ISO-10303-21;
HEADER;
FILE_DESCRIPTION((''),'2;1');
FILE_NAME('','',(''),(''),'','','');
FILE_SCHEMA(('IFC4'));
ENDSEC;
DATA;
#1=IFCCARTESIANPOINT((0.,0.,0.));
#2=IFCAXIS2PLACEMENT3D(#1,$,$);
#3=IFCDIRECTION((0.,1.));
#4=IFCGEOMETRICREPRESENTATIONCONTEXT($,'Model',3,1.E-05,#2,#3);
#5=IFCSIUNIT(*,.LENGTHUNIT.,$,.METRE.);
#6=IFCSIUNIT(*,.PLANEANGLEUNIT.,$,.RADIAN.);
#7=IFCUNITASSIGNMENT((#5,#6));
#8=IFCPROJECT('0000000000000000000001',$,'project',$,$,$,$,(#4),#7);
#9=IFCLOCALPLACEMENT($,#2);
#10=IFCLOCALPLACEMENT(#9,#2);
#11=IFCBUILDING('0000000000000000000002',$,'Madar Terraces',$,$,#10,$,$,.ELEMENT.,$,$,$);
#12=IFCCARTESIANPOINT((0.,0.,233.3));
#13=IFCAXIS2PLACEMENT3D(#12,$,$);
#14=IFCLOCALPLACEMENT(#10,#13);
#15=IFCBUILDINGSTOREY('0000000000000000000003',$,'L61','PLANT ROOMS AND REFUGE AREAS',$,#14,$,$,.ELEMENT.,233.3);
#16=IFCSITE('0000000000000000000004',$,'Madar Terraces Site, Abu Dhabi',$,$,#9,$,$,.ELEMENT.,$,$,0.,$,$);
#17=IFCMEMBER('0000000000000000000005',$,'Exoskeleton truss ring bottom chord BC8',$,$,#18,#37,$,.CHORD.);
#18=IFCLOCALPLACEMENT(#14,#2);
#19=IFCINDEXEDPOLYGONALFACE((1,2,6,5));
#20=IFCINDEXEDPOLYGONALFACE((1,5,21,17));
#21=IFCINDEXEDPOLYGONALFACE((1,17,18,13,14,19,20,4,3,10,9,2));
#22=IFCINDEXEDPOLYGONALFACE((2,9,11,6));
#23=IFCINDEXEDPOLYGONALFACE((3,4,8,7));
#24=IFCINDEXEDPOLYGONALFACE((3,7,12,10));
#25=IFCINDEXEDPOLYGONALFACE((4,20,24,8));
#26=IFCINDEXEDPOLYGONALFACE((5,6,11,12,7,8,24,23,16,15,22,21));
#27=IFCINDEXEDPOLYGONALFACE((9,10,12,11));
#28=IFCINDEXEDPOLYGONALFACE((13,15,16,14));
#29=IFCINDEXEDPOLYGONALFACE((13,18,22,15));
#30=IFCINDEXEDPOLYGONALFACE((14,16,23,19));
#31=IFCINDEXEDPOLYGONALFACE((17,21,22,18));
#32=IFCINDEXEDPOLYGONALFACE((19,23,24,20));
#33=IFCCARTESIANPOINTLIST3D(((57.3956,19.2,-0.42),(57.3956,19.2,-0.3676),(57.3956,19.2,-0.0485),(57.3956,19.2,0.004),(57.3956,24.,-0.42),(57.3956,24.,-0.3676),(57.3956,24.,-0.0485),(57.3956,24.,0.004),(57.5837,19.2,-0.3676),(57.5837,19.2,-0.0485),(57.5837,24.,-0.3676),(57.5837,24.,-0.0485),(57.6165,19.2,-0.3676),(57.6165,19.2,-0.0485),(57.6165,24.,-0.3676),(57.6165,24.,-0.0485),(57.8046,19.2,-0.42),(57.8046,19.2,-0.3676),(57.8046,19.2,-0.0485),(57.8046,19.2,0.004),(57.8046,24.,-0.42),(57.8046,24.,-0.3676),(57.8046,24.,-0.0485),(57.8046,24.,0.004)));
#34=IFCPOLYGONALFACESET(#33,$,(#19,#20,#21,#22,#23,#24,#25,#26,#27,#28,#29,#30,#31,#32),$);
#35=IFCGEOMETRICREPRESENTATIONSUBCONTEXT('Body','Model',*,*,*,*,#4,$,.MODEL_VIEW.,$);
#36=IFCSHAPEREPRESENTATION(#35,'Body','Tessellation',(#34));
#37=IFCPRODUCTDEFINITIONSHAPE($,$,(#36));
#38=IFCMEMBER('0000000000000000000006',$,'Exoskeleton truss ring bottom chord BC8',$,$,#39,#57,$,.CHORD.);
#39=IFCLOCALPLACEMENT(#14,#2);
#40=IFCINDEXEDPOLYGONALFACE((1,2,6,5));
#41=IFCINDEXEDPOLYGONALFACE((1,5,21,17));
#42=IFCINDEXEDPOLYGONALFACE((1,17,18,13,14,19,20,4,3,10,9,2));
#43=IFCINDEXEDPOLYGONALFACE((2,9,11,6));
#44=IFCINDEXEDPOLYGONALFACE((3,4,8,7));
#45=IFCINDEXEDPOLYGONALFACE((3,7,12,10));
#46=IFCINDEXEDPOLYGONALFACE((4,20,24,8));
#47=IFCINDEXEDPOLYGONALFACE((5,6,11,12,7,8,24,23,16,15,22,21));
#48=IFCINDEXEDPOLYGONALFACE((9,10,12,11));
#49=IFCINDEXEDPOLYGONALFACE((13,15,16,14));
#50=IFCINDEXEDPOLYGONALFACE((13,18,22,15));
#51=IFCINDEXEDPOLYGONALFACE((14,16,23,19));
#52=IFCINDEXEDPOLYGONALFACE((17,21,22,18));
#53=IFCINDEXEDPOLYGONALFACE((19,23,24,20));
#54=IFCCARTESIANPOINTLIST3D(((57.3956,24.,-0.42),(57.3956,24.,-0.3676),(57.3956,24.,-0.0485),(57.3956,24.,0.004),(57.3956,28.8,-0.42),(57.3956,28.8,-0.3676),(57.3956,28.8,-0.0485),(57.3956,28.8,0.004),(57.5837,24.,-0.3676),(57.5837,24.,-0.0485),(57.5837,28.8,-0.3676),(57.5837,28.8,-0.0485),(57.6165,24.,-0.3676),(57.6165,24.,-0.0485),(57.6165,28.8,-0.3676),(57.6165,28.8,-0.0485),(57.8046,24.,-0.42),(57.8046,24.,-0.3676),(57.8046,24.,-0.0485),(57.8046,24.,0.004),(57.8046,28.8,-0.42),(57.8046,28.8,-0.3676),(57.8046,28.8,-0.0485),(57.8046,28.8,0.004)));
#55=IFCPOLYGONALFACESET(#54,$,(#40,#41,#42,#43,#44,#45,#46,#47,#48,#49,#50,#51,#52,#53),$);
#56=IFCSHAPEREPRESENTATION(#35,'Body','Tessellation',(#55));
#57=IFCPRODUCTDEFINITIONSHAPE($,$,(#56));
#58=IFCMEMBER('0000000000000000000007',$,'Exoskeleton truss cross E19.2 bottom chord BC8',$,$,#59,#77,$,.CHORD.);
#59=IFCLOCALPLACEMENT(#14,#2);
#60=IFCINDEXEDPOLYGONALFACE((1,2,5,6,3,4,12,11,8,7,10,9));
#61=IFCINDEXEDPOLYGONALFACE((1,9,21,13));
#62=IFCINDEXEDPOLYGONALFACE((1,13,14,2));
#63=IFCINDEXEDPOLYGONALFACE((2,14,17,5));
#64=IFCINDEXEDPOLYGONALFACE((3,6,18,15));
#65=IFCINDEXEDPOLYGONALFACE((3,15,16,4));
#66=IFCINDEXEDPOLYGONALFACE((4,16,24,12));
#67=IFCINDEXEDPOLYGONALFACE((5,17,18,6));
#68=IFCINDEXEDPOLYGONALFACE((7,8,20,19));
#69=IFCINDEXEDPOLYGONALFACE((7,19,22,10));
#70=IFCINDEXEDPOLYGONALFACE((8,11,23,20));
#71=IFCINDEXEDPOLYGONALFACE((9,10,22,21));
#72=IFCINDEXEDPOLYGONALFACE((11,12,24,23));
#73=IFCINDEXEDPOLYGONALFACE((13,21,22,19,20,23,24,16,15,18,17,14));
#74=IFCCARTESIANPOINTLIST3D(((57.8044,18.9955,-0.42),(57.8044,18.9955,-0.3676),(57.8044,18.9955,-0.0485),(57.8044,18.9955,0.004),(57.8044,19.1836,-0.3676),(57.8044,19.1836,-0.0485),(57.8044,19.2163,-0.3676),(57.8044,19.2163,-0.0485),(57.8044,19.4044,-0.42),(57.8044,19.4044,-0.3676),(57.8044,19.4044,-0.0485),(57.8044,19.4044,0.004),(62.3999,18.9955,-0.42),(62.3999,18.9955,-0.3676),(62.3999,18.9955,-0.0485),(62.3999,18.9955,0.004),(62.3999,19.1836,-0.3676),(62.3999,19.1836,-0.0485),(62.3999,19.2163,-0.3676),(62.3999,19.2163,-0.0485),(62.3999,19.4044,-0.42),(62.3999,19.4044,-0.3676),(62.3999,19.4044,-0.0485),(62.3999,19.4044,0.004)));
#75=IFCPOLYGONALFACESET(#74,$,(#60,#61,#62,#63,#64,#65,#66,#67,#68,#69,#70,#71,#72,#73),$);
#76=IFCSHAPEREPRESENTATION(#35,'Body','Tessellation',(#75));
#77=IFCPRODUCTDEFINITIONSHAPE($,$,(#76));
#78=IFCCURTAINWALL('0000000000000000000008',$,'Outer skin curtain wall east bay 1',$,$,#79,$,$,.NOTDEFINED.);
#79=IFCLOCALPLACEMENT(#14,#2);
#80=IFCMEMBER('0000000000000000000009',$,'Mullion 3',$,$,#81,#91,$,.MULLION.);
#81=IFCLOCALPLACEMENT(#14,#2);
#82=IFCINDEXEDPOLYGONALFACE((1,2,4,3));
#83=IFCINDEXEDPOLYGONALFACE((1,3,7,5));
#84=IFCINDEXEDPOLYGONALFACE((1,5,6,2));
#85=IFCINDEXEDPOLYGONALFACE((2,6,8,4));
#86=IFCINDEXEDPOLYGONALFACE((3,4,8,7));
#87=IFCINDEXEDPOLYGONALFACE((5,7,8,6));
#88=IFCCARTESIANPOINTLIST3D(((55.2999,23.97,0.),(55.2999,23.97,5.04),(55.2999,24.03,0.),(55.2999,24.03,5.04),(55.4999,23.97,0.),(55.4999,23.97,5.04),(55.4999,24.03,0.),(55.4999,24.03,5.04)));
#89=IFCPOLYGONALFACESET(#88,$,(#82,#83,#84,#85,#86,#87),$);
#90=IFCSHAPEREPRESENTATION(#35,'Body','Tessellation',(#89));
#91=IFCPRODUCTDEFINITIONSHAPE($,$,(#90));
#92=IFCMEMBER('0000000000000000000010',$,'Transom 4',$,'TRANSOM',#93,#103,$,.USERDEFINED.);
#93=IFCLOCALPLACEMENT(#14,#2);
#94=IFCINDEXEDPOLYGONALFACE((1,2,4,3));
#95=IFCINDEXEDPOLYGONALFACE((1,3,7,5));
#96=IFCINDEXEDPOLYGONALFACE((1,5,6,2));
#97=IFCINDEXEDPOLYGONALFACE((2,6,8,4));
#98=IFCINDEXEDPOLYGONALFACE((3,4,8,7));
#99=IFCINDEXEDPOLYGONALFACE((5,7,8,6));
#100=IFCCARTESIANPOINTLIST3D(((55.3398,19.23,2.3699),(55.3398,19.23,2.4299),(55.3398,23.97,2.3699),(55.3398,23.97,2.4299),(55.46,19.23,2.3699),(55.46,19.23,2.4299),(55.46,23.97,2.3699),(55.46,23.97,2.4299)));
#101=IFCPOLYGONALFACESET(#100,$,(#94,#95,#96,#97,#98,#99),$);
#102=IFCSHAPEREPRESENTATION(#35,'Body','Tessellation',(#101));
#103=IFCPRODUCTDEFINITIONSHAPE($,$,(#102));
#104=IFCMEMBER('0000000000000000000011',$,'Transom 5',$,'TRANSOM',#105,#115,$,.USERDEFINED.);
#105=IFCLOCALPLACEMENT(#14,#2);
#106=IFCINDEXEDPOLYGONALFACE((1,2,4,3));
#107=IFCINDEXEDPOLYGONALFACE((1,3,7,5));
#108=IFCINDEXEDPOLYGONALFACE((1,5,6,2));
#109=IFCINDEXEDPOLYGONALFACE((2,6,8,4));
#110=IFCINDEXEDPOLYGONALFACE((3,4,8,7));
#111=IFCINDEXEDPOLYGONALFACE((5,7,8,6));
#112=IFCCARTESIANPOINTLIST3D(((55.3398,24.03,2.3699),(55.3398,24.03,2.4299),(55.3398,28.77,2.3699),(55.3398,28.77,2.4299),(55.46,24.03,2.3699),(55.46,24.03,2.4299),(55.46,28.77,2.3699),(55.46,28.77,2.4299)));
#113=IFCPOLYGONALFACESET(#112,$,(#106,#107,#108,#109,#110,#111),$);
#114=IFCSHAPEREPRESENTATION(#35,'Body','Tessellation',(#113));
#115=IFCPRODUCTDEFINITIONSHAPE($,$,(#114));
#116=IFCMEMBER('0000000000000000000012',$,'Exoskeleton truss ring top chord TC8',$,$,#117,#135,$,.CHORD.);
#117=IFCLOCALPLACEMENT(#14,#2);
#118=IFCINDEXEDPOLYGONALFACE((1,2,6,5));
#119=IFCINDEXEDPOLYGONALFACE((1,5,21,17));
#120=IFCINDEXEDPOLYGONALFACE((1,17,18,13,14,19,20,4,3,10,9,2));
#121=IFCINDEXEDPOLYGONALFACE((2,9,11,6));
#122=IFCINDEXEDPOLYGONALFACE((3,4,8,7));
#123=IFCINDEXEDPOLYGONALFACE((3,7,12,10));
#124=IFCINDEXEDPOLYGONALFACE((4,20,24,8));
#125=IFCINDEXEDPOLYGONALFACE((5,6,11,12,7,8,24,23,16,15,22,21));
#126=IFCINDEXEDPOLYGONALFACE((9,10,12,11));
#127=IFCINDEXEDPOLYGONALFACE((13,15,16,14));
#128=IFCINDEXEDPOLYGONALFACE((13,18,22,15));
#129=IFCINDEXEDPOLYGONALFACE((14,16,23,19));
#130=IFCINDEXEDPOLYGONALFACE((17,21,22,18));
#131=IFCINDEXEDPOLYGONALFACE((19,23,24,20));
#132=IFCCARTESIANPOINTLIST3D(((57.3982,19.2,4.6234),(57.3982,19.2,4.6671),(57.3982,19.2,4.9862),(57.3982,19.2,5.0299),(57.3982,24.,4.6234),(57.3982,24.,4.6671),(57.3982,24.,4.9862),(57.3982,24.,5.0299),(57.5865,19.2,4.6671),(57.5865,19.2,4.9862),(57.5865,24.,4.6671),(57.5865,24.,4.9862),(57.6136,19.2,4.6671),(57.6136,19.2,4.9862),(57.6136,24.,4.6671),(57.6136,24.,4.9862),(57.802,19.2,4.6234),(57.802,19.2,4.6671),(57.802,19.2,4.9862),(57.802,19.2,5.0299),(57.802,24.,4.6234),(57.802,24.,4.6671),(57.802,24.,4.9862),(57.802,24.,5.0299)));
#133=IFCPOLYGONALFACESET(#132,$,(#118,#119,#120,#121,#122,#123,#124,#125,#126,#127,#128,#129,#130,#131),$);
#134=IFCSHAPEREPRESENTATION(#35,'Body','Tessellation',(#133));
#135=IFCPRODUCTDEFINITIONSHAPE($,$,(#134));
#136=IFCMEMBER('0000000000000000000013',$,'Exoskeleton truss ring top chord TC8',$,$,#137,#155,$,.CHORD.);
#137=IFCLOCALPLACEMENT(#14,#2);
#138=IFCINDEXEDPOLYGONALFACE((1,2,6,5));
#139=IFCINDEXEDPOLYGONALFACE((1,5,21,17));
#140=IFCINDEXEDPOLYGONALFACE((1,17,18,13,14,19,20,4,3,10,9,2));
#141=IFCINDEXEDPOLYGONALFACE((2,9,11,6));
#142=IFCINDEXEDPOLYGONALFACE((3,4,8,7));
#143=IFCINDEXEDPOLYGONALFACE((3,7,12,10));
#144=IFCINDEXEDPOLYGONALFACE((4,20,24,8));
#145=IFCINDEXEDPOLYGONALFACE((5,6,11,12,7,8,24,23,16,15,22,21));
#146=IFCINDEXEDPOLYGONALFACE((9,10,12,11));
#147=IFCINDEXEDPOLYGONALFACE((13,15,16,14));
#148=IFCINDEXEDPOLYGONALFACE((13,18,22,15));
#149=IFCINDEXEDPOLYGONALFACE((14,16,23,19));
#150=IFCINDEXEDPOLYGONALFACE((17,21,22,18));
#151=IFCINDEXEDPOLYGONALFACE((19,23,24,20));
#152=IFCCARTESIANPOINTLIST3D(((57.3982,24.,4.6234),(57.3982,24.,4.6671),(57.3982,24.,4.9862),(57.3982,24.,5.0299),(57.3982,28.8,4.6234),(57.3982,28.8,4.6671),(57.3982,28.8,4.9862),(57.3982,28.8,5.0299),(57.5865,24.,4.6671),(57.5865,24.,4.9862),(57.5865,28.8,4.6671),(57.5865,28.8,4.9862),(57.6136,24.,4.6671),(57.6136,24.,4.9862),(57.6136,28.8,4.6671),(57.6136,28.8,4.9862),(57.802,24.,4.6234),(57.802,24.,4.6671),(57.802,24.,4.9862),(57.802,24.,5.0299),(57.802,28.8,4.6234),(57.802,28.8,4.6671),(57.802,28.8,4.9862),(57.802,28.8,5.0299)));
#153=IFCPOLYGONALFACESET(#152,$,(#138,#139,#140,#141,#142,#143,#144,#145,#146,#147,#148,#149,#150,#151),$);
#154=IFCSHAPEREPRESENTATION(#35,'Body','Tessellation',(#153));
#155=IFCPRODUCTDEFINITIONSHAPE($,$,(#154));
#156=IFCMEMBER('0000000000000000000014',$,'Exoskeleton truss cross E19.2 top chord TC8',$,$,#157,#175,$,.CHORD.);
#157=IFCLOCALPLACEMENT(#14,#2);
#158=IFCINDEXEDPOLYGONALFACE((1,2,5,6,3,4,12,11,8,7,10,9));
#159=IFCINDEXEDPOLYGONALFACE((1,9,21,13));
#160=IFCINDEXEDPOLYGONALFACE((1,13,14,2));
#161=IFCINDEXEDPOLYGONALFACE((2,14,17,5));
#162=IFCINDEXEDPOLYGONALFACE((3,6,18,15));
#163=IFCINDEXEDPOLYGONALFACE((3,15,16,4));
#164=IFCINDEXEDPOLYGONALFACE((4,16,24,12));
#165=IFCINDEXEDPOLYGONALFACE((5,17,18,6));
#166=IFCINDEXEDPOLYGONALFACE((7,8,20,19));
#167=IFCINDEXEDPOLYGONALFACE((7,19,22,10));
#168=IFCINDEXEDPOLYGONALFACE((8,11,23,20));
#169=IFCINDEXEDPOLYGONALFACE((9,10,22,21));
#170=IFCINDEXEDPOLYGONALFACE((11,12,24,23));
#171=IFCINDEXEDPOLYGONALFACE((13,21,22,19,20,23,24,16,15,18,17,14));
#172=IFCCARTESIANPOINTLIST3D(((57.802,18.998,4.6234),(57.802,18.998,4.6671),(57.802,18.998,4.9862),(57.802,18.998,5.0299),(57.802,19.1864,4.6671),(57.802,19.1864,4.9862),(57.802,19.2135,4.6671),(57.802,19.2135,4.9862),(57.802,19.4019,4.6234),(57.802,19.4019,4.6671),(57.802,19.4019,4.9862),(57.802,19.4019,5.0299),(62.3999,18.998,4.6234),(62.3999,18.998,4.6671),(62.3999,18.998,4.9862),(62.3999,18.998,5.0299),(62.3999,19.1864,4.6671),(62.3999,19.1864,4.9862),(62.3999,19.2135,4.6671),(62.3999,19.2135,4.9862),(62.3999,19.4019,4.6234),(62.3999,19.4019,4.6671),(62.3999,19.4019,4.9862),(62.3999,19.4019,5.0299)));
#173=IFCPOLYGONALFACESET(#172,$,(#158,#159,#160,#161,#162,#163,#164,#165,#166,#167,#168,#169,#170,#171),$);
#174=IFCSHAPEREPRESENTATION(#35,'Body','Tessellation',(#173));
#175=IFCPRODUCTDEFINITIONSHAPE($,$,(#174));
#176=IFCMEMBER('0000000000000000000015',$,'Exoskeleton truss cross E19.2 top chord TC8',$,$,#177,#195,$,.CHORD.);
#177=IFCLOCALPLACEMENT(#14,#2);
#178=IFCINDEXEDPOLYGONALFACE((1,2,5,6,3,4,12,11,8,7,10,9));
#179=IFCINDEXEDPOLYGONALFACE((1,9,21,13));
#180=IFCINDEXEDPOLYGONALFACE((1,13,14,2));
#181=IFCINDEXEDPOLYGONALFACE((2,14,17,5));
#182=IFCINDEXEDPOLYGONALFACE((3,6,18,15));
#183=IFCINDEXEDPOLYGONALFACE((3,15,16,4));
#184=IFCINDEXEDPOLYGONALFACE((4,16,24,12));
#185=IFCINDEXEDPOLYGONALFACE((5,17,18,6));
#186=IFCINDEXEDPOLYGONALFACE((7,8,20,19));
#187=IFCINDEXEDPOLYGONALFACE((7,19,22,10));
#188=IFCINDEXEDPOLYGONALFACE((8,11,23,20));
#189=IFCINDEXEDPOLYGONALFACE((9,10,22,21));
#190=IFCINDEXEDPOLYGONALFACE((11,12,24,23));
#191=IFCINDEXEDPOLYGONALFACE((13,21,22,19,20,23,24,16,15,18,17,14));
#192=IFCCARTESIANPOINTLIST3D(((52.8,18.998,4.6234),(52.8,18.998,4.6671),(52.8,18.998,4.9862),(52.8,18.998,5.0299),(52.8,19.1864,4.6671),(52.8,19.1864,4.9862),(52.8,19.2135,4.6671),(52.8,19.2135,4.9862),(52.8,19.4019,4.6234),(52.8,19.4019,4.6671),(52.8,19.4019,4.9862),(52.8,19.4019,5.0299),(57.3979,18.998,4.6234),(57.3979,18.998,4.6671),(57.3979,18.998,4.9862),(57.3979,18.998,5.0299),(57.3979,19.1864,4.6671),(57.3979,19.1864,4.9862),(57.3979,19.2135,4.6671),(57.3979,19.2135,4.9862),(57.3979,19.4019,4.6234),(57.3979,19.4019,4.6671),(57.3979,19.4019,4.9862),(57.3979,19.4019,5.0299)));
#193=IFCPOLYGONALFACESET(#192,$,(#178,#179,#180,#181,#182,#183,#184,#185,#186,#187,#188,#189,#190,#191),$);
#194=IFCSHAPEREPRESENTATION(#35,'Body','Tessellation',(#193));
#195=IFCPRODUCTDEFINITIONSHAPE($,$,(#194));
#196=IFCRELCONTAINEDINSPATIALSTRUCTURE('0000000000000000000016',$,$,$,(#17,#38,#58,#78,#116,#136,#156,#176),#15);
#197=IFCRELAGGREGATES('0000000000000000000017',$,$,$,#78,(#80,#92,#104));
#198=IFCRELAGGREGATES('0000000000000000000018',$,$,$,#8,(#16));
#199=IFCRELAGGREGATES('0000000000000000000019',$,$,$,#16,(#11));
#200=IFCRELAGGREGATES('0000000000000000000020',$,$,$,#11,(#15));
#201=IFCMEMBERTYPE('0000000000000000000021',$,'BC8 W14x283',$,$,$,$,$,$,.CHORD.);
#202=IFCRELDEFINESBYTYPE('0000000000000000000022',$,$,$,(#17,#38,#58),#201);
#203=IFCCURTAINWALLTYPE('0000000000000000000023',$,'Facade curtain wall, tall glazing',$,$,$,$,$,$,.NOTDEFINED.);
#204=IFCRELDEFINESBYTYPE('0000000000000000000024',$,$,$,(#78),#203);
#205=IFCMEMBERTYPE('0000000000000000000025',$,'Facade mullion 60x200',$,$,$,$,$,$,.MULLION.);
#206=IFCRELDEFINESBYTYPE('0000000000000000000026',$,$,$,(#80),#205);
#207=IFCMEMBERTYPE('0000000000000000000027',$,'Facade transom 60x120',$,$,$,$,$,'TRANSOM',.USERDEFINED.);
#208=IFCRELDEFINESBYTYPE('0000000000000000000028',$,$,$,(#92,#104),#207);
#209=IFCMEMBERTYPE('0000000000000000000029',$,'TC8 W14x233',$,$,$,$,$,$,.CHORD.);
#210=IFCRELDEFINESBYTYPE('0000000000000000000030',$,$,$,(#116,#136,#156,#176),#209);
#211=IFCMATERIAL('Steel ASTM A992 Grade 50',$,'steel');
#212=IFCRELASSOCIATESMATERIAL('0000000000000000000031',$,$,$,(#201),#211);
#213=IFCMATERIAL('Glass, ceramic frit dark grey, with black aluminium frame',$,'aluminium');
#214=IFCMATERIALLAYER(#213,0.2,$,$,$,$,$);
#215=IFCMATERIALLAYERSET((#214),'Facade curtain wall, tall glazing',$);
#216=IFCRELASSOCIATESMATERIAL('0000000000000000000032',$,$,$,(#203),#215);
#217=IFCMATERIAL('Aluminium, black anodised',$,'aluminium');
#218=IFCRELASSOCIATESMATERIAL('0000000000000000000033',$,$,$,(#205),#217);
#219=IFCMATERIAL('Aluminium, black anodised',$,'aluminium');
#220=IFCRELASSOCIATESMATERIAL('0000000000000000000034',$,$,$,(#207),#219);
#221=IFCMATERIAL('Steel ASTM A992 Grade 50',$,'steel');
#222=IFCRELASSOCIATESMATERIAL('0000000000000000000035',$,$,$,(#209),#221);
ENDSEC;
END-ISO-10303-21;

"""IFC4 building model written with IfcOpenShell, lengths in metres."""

from ifc_helpers import new_model, si_unit, direction, frame, origin, origin_2d, place, context, subcontext, project, spatial, rectangle, i_section, extrude, material, layer, layer_set, material_profile, profile_set, type_object, element, aggregate, save


model = new_model("IFC4")

# Units and contexts
model_context = context("Model", 3, precision=1e-05, world=origin(), true_north=direction((0.0, 1.0)))
body_context = subcontext(model_context, "Body", "Model", "MODEL_VIEW")
ifc_project = project(units=[si_unit("LENGTHUNIT", "METRE"), si_unit("PLANEANGLEUNIT", "RADIAN")], contexts=[model_context])

# Site, building, storey
site_placement = place(None, origin())
site = spatial("IfcSite", under=ifc_project, at=site_placement, Name="Madar Terraces Site, Abu Dhabi", CompositionType="ELEMENT", RefElevation=0.0)
building_placement = place(site_placement, origin())
building = spatial("IfcBuilding", under=site, at=building_placement, Name="Madar Terraces", CompositionType="ELEMENT")
storey_placement = place(building_placement, frame((0.0, 0.0, 233.3)))
storey = spatial("IfcBuildingStorey", under=building, at=storey_placement, Name="L61", Description="PLANT ROOMS AND REFUGE AREAS", CompositionType="ELEMENT", Elevation=233.3)

# Members
ifc_material_1 = material(Name="Steel ASTM A992 Grade 50", Category="steel")
ifc_material_profile_1 = material_profile(ifc_material_1, i_section(OverallWidth=0.4089, OverallDepth=0.4241, WebThickness=0.0327, FlangeThickness=0.0525, at=origin_2d()), Name="W14x283")
ifc_profile_set_1 = profile_set([ifc_material_profile_1], Name="Steel ASTM A992 Grade 50")
member_type_1 = type_object("IfcMemberType", Name="BC8 W14x283", PredefinedType="CHORD", material=ifc_profile_set_1)
for number, where, z_axis, x_axis, name in (
    (1, (57.6001, 19.2, -0.208), (0.0, 1.0, 0.0), (-1.0, 0.0, 0.0), "Exoskeleton truss ring bottom chord BC8"),
    (2, (57.6001, 24.0, -0.208), (0.0, 1.0, 0.0), (-1.0, 0.0, 0.0), "Exoskeleton truss ring bottom chord BC8"),
):
    element("IfcMember", number, at=place(storey_placement, frame(where, z_axis=z_axis, x_axis=x_axis)), inside=storey, type_object=member_type_1, Name=name, PredefinedType="CHORD", context=body_context, shape_type="SweptSolid", body=[
        extrude(i_section(OverallWidth=0.4089, OverallDepth=0.4241, WebThickness=0.0327, FlangeThickness=0.0525, at=origin_2d()), origin(), (0.0, 0.0, 1.0), 4.8),
    ])
member_1_placement = place(storey_placement, frame((62.3999, 19.2, -0.208), z_axis=(-1.0, 0.0, 0.0), x_axis=(0.0, -1.0, 0.0)))
element("IfcMember", 3, at=member_1_placement, inside=storey, type_object=member_type_1, Name="Exoskeleton truss cross E19.2 bottom chord BC8", PredefinedType="CHORD", context=body_context, shape_type="SweptSolid", body=[
    extrude(i_section(OverallWidth=0.4089, OverallDepth=0.4241, WebThickness=0.0327, FlangeThickness=0.0525, at=origin_2d()), origin(), (0.0, 0.0, 1.0), 4.5955),
])

# Curtain wall, members
ifc_material_2 = material(Name="Glass, ceramic frit dark grey, with black aluminium frame", Category="aluminium")
ifc_layer_1 = layer(ifc_material_2, 0.2)
ifc_layer_set_1 = layer_set([ifc_layer_1], Name="Facade curtain wall, tall glazing")
curtain_wall_type = type_object("IfcCurtainWallType", Name="Facade curtain wall, tall glazing", PredefinedType="NOTDEFINED", material=ifc_layer_set_1)
curtain_wall_placement = place(storey_placement, origin())
curtain_wall = element("IfcCurtainWall", 4, at=curtain_wall_placement, inside=storey, type_object=curtain_wall_type, Name="Outer skin curtain wall east bay 1", PredefinedType="NOTDEFINED")
ifc_material_3 = material(Name="Aluminium, black anodised", Category="aluminium")
ifc_material_profile_2 = material_profile(ifc_material_3, rectangle(XDim=0.2, YDim=0.0601, at=origin_2d()), Name="Facade mullion 60x200")
ifc_profile_set_2 = profile_set([ifc_material_profile_2], Name="Aluminium, black anodised")
member_type_2 = type_object("IfcMemberType", Name="Facade mullion 60x200", PredefinedType="MULLION", material=ifc_profile_set_2)
member_2_placement = place(storey_placement, frame((55.3999, 24.0, 0.0), z_axis=(0.0, 0.0, 1.0), x_axis=(-1.0, 0.0, 0.0)))
member_2 = element("IfcMember", 5, at=member_2_placement, type_object=member_type_2, Name="Mullion 3", PredefinedType="MULLION", context=body_context, shape_type="SweptSolid", body=[
    extrude(rectangle(XDim=0.2, YDim=0.0601, at=origin_2d()), origin(), (0.0, 0.0, 1.0), 5.04),
])
ifc_material_4 = material(Name="Aluminium, black anodised", Category="aluminium")
ifc_material_profile_3 = material_profile(ifc_material_4, rectangle(XDim=0.1201, YDim=0.0601, at=origin_2d()), Name="Facade transom 60x120")
ifc_profile_set_3 = profile_set([ifc_material_profile_3], Name="Aluminium, black anodised")
member_type_3 = type_object("IfcMemberType", Name="Facade transom 60x120", ElementType="TRANSOM", PredefinedType="USERDEFINED", material=ifc_profile_set_3)
member_3_placement = place(storey_placement, frame((55.3999, 19.23, 2.3999), z_axis=(0.0, 1.0, 0.0), x_axis=(-1.0, 0.0, 0.0)))
member_3 = element("IfcMember", 6, at=member_3_placement, type_object=member_type_3, Name="Transom 4", ObjectType="TRANSOM", PredefinedType="USERDEFINED", context=body_context, shape_type="SweptSolid", body=[
    extrude(rectangle(XDim=0.1201, YDim=0.0601, at=origin_2d()), origin(), (0.0, 0.0, 1.0), 4.74),
])
member_4_placement = place(storey_placement, frame((55.3999, 24.03, 2.3999), z_axis=(0.0, 1.0, 0.0), x_axis=(-1.0, 0.0, 0.0)))
member_4 = element("IfcMember", 7, at=member_4_placement, type_object=member_type_3, Name="Transom 5", ObjectType="TRANSOM", PredefinedType="USERDEFINED", context=body_context, shape_type="SweptSolid", body=[
    extrude(rectangle(XDim=0.1201, YDim=0.0601, at=origin_2d()), origin(), (0.0, 0.0, 1.0), 4.74),
])

# Members
ifc_material_5 = material(Name="Steel ASTM A992 Grade 50", Category="steel")
ifc_material_profile_4 = material_profile(ifc_material_5, i_section(OverallWidth=0.4038, OverallDepth=0.4065, WebThickness=0.0271, FlangeThickness=0.0437, at=origin_2d()), Name="W14x233")
ifc_profile_set_4 = profile_set([ifc_material_profile_4], Name="Steel ASTM A992 Grade 50")
member_type_4 = type_object("IfcMemberType", Name="TC8 W14x233", PredefinedType="CHORD", material=ifc_profile_set_4)
for number, where, z_axis, x_axis, name in (
    (8, (57.6001, 19.2, 4.8267), (0.0, 1.0, 0.0), (-1.0, 0.0, 0.0), "Exoskeleton truss ring top chord TC8"),
    (9, (57.6001, 24.0, 4.8267), (0.0, 1.0, 0.0), (-1.0, 0.0, 0.0), "Exoskeleton truss ring top chord TC8"),
):
    element("IfcMember", number, at=place(storey_placement, frame(where, z_axis=z_axis, x_axis=x_axis)), inside=storey, type_object=member_type_4, Name=name, PredefinedType="CHORD", context=body_context, shape_type="SweptSolid", body=[
        extrude(i_section(OverallWidth=0.4038, OverallDepth=0.4065, WebThickness=0.0271, FlangeThickness=0.0437, at=origin_2d()), origin(), (0.0, 0.0, 1.0), 4.8),
    ])
for number, where, z_axis, x_axis, name in (
    (10, (62.3999, 19.2, 4.8267), (-1.0, 0.0, 0.0), (0.0, -1.0, 0.0), "Exoskeleton truss cross E19.2 top chord TC8"),
    (11, (57.3979, 19.2, 4.8267), (-1.0, 0.0, 0.0), (0.0, -1.0, 0.0), "Exoskeleton truss cross E19.2 top chord TC8"),
):
    element("IfcMember", number, at=place(storey_placement, frame(where, z_axis=z_axis, x_axis=x_axis)), inside=storey, type_object=member_type_4, Name=name, PredefinedType="CHORD", context=body_context, shape_type="SweptSolid", body=[
        extrude(i_section(OverallWidth=0.4038, OverallDepth=0.4065, WebThickness=0.0271, FlangeThickness=0.0437, at=origin_2d()), origin(), (0.0, 0.0, 1.0), 4.5979),
    ])

aggregate(curtain_wall, [member_2, member_3, member_4])

save(model, "model.ifc")
